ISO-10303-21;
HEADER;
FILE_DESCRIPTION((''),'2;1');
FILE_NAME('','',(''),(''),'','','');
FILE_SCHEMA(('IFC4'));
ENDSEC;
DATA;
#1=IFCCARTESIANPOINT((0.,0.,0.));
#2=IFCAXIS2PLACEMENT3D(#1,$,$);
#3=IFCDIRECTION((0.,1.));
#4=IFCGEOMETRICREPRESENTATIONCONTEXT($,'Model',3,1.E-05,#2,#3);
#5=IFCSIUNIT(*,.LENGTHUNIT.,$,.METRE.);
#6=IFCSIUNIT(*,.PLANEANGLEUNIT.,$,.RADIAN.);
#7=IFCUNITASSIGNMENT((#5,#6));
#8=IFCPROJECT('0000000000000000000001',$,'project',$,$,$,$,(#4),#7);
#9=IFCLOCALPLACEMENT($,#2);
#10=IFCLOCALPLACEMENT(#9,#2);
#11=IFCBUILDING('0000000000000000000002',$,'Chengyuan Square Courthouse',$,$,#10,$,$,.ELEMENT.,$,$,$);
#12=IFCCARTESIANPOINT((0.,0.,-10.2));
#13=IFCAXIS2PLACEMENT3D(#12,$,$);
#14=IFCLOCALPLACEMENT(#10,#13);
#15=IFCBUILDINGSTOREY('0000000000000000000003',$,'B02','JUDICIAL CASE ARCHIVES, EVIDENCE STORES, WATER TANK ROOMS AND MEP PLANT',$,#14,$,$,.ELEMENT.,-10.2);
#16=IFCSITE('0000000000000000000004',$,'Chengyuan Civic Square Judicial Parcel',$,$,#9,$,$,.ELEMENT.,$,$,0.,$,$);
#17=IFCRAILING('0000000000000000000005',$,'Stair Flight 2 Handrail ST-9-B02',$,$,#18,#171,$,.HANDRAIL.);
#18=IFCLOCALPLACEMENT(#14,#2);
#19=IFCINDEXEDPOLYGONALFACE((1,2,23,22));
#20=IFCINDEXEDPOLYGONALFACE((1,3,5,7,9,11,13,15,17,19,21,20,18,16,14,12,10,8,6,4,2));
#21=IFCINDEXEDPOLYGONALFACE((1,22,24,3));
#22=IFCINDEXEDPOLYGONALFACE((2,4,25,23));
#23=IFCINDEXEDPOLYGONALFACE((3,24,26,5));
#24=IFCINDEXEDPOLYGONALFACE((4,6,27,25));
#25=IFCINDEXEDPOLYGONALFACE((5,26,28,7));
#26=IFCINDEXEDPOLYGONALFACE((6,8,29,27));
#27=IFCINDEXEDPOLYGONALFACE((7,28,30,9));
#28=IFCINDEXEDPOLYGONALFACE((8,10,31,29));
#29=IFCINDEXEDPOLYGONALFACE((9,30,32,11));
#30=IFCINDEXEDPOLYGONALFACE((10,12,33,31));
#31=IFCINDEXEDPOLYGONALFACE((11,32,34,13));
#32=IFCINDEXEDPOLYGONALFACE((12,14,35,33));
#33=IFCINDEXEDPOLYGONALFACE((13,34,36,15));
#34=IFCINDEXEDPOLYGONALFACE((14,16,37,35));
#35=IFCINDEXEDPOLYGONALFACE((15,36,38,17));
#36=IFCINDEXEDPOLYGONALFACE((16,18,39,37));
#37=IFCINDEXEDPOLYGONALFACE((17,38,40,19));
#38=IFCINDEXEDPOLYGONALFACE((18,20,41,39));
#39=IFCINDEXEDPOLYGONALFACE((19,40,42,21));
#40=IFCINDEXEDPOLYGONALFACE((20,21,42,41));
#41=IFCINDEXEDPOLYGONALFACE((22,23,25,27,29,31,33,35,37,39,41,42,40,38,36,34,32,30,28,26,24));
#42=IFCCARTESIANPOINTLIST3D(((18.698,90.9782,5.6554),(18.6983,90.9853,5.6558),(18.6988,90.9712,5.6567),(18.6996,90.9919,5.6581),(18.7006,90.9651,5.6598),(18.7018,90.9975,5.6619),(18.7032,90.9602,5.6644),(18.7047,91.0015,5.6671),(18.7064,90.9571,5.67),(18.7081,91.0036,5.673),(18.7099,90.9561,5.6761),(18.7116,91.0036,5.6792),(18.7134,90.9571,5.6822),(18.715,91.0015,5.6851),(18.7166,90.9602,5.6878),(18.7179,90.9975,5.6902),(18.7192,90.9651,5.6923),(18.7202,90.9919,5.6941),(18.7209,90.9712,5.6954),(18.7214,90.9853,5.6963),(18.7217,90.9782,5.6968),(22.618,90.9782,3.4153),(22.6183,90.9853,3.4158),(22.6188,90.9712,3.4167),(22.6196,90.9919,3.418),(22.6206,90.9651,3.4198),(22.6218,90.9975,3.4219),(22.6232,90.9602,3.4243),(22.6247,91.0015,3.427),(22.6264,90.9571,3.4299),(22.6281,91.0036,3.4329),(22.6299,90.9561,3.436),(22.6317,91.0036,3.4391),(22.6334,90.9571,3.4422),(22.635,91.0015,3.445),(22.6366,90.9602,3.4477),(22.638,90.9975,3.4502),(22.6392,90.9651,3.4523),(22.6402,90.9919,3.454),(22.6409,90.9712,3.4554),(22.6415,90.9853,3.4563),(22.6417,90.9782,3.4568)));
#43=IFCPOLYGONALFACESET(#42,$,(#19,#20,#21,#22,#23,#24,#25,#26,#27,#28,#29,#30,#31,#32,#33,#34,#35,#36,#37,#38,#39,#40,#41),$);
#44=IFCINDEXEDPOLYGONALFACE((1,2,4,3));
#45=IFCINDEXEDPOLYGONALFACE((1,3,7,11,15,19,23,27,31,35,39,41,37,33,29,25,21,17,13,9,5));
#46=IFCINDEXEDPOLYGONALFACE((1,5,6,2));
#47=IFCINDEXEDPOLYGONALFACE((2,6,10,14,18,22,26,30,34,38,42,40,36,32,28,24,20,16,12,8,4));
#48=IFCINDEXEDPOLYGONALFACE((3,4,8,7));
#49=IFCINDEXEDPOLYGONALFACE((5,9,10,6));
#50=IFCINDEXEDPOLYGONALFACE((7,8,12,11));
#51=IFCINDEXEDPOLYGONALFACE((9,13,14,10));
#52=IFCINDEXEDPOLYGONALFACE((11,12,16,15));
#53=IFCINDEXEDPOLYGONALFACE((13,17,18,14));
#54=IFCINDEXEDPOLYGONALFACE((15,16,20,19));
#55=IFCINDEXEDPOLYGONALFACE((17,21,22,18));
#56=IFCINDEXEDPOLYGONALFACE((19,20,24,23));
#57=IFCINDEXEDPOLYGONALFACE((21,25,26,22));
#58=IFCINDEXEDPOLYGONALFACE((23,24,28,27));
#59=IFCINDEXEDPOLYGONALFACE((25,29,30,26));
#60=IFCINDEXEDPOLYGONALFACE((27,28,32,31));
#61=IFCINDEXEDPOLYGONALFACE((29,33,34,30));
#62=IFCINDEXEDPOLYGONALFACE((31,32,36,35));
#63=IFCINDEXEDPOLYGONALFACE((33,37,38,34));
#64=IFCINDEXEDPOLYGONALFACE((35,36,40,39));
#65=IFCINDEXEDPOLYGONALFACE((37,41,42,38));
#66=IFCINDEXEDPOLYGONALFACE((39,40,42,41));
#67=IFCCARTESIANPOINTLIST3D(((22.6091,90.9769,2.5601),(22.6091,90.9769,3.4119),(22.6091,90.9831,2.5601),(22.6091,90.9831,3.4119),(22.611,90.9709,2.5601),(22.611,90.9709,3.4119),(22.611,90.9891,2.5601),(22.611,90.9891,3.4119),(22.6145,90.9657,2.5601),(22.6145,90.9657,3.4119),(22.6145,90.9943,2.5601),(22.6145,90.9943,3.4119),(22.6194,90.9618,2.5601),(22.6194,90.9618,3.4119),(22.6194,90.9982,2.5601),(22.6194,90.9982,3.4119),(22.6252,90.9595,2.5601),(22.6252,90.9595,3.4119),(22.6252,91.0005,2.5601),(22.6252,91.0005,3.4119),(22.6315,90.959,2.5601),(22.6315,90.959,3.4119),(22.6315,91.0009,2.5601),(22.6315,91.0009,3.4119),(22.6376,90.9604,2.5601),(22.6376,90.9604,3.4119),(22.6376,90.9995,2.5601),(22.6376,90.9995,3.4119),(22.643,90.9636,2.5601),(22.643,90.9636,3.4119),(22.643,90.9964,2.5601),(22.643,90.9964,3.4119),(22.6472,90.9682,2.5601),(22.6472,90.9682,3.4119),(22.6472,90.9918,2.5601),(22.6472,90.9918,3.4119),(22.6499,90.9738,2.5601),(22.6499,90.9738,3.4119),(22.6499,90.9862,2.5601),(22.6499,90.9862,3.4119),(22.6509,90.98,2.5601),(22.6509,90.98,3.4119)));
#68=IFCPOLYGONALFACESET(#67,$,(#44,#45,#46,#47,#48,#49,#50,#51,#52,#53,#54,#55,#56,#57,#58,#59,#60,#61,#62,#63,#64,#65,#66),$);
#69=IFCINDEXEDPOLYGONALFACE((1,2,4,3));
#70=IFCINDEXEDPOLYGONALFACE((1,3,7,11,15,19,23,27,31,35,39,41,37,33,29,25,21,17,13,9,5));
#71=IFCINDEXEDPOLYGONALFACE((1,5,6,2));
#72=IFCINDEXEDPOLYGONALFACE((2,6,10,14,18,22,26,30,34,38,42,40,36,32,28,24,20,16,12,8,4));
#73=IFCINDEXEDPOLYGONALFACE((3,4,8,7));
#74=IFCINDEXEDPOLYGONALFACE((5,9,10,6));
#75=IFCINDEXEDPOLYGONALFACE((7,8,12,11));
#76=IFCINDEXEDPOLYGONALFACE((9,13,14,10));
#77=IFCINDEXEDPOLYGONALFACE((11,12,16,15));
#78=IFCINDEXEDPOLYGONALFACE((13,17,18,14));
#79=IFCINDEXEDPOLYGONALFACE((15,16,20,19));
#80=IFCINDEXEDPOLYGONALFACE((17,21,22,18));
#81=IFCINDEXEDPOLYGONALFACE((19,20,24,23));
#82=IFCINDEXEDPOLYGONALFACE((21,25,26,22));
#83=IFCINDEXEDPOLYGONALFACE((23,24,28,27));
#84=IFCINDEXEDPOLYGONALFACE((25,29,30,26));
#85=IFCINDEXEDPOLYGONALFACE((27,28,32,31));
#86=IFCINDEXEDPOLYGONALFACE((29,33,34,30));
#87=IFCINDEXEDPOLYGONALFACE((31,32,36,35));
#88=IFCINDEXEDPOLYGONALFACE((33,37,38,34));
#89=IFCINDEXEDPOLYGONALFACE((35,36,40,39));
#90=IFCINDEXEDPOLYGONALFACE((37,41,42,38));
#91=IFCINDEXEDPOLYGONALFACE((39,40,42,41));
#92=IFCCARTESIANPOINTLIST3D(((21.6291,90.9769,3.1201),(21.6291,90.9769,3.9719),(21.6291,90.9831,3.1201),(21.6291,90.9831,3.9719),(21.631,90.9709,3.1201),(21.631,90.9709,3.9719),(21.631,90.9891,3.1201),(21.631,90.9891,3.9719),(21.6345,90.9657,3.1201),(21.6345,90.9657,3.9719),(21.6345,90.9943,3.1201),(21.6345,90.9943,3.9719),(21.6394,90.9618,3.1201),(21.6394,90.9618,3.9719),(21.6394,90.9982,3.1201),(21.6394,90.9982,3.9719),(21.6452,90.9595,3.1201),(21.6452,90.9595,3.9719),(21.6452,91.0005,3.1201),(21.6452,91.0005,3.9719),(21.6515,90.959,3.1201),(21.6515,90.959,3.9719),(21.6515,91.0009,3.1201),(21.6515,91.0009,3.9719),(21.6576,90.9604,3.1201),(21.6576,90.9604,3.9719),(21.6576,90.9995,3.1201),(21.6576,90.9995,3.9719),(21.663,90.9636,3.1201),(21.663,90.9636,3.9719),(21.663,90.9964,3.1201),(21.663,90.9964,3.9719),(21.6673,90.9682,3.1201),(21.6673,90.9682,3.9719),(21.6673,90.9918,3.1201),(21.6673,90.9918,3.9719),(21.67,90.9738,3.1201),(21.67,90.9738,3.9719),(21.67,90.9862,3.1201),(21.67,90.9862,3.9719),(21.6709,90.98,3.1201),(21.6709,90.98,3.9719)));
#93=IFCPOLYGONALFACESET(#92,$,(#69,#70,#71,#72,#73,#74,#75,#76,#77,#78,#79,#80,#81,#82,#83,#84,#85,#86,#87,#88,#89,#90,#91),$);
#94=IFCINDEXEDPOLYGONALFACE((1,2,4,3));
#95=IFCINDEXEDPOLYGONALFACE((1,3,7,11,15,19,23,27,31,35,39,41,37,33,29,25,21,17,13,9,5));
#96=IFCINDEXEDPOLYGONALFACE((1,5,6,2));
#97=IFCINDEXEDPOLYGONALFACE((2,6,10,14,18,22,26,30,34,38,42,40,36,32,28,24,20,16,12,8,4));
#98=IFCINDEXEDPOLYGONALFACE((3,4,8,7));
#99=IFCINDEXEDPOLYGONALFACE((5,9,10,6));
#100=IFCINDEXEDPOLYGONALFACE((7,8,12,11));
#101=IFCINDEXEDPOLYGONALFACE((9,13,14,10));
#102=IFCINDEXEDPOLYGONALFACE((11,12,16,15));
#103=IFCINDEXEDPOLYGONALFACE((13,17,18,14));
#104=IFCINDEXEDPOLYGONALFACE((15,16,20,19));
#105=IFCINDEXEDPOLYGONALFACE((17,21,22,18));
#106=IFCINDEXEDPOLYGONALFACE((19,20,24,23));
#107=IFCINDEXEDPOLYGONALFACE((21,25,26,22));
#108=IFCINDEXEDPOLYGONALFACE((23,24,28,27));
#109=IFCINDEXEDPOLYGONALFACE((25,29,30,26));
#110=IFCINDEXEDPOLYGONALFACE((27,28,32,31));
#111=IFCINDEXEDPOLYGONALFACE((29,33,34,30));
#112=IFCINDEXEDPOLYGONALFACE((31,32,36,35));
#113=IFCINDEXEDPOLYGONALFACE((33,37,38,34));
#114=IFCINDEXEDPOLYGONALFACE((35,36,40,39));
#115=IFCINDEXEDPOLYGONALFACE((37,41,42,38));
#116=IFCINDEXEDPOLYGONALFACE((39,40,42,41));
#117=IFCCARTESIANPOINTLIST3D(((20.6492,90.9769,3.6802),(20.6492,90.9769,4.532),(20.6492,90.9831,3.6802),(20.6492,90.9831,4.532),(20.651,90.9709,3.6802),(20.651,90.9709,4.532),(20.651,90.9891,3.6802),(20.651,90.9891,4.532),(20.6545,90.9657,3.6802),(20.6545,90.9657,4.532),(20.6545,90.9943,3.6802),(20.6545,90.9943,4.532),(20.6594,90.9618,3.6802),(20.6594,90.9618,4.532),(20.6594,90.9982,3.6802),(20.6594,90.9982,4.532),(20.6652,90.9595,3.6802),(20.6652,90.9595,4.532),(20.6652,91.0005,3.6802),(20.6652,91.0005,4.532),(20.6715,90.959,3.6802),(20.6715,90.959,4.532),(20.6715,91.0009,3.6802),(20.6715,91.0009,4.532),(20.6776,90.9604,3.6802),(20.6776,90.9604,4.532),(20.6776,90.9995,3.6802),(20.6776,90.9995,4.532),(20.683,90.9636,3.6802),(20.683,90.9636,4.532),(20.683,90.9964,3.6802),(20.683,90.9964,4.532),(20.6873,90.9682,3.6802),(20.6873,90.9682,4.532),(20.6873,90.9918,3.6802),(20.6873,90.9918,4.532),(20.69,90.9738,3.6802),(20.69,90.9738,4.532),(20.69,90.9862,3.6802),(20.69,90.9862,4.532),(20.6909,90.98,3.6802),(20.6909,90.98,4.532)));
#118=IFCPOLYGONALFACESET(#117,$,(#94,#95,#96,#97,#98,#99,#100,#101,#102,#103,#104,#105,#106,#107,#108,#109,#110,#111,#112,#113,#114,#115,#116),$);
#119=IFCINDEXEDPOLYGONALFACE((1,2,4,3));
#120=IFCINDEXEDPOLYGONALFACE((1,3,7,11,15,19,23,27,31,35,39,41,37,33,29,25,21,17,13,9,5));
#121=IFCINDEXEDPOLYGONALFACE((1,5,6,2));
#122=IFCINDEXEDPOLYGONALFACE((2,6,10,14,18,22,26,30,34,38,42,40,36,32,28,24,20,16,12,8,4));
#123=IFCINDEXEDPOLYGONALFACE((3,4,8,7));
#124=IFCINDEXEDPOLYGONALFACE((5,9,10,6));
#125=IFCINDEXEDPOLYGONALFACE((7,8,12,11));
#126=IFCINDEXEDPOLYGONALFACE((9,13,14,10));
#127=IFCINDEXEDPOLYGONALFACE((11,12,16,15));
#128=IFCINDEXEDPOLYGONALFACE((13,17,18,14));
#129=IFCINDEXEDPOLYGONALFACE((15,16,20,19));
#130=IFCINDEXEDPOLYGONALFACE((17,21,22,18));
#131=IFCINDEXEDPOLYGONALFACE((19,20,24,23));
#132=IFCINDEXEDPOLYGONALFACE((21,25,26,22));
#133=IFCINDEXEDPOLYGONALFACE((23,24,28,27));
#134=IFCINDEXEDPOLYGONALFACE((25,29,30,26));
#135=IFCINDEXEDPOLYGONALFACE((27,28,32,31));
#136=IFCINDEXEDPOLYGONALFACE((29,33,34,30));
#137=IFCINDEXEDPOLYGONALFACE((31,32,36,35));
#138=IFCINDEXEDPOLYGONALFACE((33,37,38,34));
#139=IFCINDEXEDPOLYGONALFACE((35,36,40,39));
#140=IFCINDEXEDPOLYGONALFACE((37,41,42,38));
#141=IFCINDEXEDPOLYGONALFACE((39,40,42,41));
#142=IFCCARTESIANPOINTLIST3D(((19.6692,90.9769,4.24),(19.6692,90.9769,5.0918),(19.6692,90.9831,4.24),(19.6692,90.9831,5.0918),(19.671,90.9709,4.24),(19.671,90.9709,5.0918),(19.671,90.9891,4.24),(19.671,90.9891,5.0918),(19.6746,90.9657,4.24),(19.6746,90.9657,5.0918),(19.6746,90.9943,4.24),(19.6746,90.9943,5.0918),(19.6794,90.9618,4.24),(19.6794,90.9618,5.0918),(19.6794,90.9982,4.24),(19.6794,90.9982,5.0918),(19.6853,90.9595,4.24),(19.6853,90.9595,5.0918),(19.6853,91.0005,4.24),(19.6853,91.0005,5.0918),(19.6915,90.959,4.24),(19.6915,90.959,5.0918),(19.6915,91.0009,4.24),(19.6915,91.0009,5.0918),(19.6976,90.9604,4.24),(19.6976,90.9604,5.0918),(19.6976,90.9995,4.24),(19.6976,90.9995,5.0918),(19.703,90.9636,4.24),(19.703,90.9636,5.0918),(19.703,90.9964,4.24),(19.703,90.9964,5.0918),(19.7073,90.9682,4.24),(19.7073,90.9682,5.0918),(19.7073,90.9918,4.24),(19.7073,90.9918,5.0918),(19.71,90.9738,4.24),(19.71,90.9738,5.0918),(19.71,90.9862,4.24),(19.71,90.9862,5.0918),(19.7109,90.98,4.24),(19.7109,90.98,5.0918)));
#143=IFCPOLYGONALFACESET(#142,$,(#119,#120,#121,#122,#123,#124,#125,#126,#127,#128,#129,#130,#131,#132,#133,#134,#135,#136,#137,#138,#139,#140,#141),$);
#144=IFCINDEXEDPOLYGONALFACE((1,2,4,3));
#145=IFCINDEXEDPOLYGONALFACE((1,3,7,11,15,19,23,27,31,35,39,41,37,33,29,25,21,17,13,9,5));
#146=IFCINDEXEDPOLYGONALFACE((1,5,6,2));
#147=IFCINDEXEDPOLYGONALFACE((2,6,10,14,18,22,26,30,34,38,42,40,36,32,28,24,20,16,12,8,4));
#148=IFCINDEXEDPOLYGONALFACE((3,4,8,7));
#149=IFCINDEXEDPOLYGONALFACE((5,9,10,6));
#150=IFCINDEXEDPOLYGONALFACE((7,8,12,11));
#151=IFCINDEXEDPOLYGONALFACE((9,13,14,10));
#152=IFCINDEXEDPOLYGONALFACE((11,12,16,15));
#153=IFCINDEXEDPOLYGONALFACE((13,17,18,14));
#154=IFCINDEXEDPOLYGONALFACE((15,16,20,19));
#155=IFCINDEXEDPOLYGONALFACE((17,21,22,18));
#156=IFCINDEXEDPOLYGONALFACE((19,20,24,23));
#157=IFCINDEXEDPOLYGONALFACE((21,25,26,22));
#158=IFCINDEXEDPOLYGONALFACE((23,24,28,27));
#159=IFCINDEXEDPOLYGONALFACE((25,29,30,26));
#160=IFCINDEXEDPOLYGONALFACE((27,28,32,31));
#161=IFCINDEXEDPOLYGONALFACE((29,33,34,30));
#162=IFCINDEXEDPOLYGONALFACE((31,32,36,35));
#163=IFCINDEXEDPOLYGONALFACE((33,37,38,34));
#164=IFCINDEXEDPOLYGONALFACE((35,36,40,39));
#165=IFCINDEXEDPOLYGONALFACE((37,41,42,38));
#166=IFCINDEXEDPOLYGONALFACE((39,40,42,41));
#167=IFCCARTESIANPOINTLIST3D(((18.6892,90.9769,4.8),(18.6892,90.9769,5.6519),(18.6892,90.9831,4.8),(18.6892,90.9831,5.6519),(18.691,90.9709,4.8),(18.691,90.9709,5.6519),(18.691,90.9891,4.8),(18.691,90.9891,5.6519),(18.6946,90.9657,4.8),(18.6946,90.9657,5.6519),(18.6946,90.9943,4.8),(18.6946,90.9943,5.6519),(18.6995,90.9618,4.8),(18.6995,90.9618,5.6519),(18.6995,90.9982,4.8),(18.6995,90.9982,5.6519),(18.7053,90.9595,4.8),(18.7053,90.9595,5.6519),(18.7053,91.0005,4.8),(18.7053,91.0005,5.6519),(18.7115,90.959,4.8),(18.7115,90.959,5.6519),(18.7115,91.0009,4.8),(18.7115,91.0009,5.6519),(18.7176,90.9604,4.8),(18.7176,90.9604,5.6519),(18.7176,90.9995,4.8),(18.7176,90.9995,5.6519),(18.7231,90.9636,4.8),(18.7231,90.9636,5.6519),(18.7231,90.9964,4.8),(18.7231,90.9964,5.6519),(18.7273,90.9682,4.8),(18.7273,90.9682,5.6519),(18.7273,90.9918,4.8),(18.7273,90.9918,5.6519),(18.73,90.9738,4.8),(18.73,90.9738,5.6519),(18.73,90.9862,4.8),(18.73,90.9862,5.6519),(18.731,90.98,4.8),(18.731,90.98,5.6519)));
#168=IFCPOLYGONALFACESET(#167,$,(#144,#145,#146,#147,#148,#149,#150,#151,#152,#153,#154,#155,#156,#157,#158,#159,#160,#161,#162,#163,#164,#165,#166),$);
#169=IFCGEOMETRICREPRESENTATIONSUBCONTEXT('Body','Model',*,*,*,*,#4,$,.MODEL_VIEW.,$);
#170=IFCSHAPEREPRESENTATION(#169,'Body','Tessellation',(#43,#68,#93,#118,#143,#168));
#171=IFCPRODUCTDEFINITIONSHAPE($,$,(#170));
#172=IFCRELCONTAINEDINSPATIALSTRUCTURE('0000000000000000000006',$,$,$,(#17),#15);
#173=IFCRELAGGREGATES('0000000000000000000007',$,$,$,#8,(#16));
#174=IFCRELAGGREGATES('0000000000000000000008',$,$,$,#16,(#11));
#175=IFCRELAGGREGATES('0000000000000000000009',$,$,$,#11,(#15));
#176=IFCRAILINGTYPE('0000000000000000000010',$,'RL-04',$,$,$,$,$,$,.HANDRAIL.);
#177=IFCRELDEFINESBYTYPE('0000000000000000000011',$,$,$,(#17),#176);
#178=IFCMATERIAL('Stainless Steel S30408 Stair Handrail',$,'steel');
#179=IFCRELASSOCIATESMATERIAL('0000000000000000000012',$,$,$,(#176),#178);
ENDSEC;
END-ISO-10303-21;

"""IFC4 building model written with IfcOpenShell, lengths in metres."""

from ifc_helpers import new_model, si_unit, direction, frame, origin, origin_2d, place, context, subcontext, project, spatial, circle, extrude, material, type_object, element, save


model = new_model("IFC4")

# Units and contexts
model_context = context("Model", 3, precision=1e-05, world=origin(), true_north=direction((0.0, 1.0)))
body_context = subcontext(model_context, "Body", "Model", "MODEL_VIEW")
ifc_project = project(units=[si_unit("LENGTHUNIT", "METRE"), si_unit("PLANEANGLEUNIT", "RADIAN")], contexts=[model_context])

# Site, building, storey
site_placement = place(None, origin())
site = spatial("IfcSite", under=ifc_project, at=site_placement, Name="Chengyuan Civic Square Judicial Parcel", CompositionType="ELEMENT", RefElevation=0.0)
building_placement = place(site_placement, origin())
building = spatial("IfcBuilding", under=site, at=building_placement, Name="Chengyuan Square Courthouse", CompositionType="ELEMENT")
storey_placement = place(building_placement, frame((0.0, 0.0, -10.2)))
storey = spatial("IfcBuildingStorey", under=building, at=storey_placement, Name="B02", Description="JUDICIAL CASE ARCHIVES, EVIDENCE STORES, WATER TANK ROOMS AND MEP PLANT", CompositionType="ELEMENT", Elevation=-10.2)

# Railing
ifc_material_1 = material(Name="Stainless Steel S30408 Stair Handrail", Category="steel")
railing_type_1 = type_object("IfcRailingType", Name="RL-04", PredefinedType="HANDRAIL", material=ifc_material_1)
railing_1_placement = place(storey_placement, frame((22.6299, 90.98, 2.5601)))
element("IfcRailing", 1, at=railing_1_placement, inside=storey, type_object=railing_type_1, Name="Stair Flight 2 Handrail ST-9-B02", PredefinedType="HANDRAIL", context=body_context, shape_type="SweptSolid", body=[
    extrude(circle(Radius=0.0239, at=origin_2d()), frame((0.0, 0.0, 0.876), z_axis=(-0.86824, 0.0, 0.496145), x_axis=(0.0, -1.0, 0.0)), (0.0, 0.0, 1.0), 4.5149),
    extrude(circle(Radius=0.021, at=origin_2d()), origin(), (0.0, 0.0, 1.0), 0.8518),
    extrude(circle(Radius=0.021, at=origin_2d()), frame((-0.98, 0.0, 0.5601)), (0.0, 0.0, 1.0), 0.8518),
    extrude(circle(Radius=0.021, at=origin_2d()), frame((-1.96, 0.0, 1.1201)), (0.0, 0.0, 1.0), 0.8518),
    extrude(circle(Radius=0.021, at=origin_2d()), frame((-2.9399, 0.0, 1.6799)), (0.0, 0.0, 1.0), 0.8518),
    extrude(circle(Radius=0.021, at=origin_2d()), frame((-3.9199, 0.0, 2.24)), (0.0, 0.0, 1.0), 0.8518),
])

save(model, "model.ifc")
